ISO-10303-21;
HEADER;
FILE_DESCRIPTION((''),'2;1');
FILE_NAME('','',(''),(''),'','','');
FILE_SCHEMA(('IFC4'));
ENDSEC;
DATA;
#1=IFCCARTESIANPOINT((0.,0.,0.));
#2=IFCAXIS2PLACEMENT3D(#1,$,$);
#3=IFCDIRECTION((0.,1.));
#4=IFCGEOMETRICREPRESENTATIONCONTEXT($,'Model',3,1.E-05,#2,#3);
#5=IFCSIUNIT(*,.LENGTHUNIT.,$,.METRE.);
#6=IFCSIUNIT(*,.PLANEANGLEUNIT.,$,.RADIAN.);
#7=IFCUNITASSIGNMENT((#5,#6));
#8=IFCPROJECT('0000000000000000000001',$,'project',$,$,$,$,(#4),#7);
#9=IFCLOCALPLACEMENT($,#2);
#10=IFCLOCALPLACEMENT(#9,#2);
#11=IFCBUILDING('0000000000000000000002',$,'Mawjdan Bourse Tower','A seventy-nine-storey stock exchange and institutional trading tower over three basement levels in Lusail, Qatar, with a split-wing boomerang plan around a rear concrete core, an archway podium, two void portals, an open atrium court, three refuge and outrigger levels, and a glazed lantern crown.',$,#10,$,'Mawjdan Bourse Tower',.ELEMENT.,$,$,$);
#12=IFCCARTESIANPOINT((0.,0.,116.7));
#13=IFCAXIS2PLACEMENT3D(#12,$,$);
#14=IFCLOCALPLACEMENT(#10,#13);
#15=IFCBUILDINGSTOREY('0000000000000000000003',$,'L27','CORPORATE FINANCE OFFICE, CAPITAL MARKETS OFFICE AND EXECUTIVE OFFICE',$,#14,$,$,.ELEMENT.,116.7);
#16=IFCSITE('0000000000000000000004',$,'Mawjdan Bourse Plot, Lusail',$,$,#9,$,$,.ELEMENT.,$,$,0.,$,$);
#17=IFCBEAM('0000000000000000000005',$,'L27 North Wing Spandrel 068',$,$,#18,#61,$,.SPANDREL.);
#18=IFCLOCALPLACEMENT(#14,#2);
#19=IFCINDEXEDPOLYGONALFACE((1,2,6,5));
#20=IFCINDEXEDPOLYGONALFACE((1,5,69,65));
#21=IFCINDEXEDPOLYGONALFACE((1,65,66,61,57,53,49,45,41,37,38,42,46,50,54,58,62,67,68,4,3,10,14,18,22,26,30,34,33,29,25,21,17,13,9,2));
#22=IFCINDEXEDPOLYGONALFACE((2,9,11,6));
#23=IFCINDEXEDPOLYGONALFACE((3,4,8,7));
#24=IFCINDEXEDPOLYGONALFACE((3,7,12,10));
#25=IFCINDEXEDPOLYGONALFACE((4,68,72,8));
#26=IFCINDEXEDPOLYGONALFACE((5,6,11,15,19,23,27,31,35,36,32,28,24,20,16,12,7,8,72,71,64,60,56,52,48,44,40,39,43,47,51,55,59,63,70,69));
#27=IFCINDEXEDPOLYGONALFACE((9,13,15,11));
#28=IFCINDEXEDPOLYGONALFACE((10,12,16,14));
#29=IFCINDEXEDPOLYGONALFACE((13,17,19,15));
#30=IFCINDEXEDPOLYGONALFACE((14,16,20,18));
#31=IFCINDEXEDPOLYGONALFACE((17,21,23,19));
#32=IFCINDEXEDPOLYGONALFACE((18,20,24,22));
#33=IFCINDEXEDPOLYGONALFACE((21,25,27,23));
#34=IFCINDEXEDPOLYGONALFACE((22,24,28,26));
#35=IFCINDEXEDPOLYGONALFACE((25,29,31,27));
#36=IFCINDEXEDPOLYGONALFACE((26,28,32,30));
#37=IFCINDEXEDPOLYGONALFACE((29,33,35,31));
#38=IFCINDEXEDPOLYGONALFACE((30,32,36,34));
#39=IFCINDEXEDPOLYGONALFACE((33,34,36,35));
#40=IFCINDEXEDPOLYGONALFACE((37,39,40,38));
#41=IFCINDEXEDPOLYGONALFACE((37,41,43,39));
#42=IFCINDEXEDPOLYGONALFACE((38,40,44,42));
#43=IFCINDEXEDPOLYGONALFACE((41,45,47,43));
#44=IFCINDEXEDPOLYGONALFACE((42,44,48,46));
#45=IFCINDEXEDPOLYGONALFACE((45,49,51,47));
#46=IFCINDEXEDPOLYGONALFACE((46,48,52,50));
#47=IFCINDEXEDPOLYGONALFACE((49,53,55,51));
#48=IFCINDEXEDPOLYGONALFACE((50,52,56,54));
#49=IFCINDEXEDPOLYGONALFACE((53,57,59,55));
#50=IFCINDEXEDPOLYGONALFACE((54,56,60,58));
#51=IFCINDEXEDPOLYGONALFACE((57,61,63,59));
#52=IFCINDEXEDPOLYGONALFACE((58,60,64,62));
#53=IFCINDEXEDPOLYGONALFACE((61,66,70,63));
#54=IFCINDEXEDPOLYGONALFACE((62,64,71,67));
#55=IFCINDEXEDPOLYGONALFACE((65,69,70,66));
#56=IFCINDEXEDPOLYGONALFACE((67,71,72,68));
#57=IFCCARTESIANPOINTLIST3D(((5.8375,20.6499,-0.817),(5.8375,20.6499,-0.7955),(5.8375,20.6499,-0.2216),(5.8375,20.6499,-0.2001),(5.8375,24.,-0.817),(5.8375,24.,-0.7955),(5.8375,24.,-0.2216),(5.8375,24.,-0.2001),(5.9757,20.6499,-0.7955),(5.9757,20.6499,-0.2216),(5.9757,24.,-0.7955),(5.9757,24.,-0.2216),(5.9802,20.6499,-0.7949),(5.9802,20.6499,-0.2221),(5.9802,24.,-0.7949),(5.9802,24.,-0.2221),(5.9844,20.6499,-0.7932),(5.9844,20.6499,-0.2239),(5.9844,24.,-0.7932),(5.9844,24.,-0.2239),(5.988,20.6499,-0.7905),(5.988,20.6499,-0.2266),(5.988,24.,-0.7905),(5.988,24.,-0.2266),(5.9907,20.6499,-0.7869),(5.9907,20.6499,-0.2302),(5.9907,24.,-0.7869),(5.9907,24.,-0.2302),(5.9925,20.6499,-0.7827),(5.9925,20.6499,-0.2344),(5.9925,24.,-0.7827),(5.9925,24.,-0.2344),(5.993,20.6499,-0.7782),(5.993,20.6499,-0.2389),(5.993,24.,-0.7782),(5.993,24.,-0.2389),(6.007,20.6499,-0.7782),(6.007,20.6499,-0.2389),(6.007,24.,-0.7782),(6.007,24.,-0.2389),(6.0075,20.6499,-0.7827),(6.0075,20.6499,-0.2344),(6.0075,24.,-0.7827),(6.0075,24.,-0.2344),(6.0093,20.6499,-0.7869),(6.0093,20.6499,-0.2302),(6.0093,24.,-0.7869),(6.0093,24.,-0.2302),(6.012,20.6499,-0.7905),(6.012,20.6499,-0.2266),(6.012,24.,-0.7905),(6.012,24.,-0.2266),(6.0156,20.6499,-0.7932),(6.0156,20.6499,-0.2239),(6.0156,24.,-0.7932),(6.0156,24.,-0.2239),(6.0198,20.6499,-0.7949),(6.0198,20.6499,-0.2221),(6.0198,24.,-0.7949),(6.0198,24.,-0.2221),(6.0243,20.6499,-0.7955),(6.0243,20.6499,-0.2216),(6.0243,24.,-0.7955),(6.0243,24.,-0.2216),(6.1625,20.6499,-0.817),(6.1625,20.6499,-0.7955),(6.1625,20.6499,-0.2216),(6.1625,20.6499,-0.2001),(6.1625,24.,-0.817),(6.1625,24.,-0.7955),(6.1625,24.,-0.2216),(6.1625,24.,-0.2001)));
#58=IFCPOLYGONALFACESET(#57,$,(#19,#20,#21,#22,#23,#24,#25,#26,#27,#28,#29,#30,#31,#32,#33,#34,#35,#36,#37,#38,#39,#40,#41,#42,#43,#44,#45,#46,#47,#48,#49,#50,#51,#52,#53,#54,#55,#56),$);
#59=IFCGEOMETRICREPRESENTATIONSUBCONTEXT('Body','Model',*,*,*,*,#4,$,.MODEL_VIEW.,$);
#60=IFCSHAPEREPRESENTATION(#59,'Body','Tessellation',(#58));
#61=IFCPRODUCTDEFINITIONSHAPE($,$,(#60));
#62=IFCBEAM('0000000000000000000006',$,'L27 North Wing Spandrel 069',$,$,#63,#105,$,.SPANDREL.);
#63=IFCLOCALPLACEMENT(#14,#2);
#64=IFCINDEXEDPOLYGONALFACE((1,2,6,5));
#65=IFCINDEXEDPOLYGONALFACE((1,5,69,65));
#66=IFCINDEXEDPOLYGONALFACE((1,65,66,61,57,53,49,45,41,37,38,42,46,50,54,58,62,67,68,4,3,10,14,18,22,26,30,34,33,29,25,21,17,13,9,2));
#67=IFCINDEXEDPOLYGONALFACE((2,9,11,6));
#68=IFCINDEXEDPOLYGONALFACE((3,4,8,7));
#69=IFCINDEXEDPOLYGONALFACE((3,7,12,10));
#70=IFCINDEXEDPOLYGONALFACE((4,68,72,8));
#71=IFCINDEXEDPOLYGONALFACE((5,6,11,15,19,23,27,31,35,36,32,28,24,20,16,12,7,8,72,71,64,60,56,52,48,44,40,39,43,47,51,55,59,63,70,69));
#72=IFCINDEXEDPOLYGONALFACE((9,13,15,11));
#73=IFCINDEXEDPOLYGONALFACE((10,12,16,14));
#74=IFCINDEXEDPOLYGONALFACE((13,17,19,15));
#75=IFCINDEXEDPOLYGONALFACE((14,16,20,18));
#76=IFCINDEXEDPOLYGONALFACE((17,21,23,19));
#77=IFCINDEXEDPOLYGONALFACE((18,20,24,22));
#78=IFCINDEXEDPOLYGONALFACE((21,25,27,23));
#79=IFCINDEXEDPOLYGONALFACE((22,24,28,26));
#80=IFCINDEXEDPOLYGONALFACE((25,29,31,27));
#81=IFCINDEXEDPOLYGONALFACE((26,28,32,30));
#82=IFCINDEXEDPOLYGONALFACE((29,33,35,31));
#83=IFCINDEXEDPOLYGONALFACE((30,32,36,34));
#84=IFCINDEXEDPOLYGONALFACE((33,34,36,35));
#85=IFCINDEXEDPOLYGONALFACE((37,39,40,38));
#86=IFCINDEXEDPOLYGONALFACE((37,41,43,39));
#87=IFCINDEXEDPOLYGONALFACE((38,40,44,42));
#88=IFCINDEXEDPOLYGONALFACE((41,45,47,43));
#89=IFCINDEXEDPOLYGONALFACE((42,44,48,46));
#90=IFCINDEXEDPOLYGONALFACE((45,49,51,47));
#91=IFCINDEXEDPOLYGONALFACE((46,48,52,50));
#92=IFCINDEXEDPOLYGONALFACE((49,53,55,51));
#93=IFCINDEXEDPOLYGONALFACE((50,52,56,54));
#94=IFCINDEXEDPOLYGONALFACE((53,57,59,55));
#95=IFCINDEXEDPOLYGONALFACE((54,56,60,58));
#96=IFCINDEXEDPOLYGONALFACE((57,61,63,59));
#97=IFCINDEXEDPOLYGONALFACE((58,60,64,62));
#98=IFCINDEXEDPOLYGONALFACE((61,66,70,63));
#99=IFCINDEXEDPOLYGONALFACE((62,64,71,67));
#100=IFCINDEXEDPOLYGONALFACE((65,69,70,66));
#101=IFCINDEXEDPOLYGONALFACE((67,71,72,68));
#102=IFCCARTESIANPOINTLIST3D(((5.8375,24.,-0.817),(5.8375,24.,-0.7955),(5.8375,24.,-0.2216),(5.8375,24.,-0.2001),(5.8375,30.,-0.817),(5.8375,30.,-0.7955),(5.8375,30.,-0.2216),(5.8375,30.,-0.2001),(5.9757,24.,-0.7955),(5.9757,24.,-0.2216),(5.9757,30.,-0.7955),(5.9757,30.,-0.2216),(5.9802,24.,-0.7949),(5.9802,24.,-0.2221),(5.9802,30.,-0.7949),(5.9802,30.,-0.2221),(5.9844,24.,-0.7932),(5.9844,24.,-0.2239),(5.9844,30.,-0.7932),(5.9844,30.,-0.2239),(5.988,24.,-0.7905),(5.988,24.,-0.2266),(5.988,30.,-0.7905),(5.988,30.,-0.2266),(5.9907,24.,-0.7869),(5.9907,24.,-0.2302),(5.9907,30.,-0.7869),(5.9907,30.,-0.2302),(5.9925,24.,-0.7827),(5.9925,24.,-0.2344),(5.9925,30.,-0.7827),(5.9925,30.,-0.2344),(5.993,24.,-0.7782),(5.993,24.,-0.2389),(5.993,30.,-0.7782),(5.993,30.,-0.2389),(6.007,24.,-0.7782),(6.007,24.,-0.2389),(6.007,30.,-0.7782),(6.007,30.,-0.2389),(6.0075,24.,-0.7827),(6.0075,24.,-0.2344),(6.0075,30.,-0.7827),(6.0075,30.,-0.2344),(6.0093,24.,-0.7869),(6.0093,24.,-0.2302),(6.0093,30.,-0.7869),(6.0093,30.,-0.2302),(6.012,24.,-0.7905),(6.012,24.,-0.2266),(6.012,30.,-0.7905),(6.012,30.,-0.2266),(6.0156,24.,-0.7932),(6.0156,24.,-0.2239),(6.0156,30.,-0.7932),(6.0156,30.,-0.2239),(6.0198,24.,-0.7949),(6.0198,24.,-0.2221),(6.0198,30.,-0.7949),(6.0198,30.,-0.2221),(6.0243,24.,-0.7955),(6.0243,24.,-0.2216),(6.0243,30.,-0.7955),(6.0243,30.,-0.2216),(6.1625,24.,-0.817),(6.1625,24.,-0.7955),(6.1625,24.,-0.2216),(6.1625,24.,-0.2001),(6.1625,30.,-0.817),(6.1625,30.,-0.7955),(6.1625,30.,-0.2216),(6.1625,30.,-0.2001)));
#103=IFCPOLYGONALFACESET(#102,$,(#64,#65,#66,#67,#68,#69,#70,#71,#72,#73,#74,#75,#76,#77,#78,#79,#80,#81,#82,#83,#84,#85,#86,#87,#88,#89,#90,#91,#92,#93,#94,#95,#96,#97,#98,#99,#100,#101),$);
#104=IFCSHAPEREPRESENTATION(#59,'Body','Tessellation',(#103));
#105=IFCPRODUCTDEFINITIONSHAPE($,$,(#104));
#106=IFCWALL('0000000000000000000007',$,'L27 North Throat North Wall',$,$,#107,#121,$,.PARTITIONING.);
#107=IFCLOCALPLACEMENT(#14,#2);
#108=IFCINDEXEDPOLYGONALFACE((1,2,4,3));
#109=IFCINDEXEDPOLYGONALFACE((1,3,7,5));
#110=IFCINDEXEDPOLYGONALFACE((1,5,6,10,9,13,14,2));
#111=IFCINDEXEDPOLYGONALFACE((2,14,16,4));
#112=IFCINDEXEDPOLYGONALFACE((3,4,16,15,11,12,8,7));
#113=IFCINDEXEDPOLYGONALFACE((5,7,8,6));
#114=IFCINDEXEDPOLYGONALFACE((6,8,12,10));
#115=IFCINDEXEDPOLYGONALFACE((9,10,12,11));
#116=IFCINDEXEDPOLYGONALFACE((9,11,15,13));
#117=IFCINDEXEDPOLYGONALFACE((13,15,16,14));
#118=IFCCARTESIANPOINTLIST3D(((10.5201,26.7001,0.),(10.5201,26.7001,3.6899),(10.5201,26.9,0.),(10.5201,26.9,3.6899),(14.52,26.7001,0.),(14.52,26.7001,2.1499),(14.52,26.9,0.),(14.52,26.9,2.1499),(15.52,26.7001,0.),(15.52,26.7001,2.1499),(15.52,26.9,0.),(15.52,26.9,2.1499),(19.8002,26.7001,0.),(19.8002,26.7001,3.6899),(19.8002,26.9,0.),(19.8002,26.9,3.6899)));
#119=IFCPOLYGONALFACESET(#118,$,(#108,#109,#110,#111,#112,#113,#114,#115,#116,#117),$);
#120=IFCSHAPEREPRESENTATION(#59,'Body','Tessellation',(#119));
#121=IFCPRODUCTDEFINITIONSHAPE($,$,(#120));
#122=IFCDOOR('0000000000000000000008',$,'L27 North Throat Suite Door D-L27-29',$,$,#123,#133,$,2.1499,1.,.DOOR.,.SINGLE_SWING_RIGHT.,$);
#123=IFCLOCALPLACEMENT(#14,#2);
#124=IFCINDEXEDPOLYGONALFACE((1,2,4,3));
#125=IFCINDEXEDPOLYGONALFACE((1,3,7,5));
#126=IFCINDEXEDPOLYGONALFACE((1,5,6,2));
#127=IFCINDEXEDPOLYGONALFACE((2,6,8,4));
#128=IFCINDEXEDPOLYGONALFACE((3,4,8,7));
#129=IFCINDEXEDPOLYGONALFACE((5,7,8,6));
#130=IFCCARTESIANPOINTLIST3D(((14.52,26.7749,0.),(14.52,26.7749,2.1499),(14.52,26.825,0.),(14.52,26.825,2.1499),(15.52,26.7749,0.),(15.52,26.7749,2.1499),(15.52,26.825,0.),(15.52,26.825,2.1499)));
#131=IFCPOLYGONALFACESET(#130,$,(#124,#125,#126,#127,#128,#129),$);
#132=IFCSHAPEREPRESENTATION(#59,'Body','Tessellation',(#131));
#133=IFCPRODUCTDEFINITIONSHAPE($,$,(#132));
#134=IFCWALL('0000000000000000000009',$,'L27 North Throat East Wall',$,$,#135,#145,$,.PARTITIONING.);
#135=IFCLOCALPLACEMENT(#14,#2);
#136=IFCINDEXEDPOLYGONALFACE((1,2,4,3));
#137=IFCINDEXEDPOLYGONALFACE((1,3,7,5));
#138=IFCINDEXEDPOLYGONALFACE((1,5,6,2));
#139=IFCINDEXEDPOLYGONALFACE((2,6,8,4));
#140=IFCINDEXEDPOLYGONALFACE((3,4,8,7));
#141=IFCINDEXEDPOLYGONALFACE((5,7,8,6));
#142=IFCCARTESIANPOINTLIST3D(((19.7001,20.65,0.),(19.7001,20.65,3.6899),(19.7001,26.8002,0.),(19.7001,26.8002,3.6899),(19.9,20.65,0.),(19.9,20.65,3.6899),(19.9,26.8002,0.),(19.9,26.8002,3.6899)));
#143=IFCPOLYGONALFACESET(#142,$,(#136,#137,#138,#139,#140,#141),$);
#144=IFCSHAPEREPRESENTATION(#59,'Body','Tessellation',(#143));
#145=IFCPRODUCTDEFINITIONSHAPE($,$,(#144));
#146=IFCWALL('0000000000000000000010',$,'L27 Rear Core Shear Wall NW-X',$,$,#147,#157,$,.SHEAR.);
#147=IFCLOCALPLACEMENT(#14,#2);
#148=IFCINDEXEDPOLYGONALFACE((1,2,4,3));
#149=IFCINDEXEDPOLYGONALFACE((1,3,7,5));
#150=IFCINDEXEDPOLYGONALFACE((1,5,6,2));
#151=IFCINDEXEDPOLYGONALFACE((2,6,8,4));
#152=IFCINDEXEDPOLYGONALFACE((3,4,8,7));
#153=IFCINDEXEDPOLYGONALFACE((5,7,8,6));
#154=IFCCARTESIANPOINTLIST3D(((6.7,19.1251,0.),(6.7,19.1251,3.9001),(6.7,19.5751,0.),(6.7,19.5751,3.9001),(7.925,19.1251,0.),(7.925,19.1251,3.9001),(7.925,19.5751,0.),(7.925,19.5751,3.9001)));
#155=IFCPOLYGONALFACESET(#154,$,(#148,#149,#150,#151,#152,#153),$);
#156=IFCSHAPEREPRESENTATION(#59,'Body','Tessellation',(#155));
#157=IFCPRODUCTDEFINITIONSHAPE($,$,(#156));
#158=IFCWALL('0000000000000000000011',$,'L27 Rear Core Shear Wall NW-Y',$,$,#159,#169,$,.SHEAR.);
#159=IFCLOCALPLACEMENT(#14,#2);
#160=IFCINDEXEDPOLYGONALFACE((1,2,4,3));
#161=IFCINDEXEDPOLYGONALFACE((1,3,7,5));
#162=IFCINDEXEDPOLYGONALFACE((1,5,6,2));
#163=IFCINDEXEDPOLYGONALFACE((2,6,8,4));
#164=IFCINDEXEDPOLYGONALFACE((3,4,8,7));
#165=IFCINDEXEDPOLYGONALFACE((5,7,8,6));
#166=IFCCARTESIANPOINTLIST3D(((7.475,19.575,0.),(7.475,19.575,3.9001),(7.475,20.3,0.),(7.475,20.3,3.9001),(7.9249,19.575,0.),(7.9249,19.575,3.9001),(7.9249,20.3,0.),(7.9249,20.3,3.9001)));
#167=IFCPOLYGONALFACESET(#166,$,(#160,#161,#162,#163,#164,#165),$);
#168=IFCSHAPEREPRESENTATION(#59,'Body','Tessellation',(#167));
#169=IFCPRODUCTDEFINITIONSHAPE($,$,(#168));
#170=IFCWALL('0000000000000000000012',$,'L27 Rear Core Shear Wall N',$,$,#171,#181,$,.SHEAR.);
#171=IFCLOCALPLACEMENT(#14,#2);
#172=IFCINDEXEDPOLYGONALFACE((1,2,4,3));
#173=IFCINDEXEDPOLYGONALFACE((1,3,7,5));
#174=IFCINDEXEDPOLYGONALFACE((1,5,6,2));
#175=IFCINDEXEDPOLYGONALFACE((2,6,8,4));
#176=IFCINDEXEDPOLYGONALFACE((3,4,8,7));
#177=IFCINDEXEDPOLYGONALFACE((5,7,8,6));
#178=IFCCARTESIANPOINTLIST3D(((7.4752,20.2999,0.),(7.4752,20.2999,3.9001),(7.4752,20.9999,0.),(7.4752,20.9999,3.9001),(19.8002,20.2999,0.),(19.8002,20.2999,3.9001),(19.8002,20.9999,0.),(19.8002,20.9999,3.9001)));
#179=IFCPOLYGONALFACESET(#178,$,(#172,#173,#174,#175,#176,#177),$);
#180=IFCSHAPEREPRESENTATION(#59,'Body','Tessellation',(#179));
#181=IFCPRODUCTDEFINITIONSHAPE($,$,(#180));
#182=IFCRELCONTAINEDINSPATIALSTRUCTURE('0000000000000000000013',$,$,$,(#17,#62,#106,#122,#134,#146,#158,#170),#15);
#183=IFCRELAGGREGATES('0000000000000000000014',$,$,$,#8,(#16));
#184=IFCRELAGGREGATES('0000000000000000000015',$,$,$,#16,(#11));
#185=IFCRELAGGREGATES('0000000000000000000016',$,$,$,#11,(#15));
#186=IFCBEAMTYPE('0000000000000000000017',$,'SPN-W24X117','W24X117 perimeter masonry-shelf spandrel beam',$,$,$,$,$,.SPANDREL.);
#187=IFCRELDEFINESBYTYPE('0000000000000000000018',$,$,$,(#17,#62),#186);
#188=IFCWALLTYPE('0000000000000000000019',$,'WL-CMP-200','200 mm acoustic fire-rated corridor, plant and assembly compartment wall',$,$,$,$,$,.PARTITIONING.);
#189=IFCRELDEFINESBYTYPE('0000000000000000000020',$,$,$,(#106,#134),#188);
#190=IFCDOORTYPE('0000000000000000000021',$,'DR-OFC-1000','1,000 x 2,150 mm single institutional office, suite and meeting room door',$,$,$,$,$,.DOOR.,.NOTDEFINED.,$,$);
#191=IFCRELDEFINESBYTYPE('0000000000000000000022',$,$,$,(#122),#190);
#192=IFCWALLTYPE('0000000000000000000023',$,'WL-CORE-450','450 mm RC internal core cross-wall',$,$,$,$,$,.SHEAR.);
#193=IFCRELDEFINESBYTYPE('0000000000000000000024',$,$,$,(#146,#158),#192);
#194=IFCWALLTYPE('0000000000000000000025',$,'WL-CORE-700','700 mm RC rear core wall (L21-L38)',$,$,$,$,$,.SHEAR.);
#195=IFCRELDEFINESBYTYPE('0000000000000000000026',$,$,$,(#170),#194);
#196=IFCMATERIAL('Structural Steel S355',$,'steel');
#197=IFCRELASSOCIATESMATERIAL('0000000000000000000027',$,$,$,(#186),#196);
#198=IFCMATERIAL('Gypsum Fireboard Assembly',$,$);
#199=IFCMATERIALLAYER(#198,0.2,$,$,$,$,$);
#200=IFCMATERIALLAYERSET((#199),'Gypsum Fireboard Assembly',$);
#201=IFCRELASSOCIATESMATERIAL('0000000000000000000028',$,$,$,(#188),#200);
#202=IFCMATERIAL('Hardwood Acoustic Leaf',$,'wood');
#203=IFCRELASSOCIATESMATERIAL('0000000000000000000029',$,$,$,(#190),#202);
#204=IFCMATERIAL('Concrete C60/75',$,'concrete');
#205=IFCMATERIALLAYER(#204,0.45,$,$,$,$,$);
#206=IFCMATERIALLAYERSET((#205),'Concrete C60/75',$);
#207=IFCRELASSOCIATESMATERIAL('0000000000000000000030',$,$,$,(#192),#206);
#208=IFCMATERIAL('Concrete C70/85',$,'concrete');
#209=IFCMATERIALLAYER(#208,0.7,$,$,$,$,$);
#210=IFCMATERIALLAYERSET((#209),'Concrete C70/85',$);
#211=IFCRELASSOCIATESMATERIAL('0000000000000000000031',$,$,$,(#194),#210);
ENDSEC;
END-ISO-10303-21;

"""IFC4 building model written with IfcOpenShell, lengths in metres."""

from ifc_helpers import new_model, si_unit, direction, frame, frame_2d, origin, origin_2d, place, context, subcontext, project, spatial, rectangle, i_section, extrude, material, layer, layer_set, material_profile, profile_set, type_object, element, fill, save


model = new_model("IFC4")

# Units and contexts
model_context = context("Model", 3, precision=1e-05, world=origin(), true_north=direction((0.0, 1.0)))
body_context = subcontext(model_context, "Body", "Model", "MODEL_VIEW")
ifc_project = project(units=[si_unit("LENGTHUNIT", "METRE"), si_unit("PLANEANGLEUNIT", "RADIAN")], contexts=[model_context])

# Site, building, storey
site_placement = place(None, origin())
site = spatial("IfcSite", under=ifc_project, at=site_placement, Name="Mawjdan Bourse Plot, Lusail", CompositionType="ELEMENT", RefElevation=0.0)
building_placement = place(site_placement, origin())
building = spatial("IfcBuilding", under=site, at=building_placement, Name="Mawjdan Bourse Tower", Description="A seventy-nine-storey stock exchange and institutional trading tower over three basement levels in Lusail, Qatar, with a split-wing boomerang plan around a rear concrete core, an archway podium, two void portals, an open atrium court, three refuge and outrigger levels, and a glazed lantern crown.", LongName="Mawjdan Bourse Tower", CompositionType="ELEMENT")
storey_placement = place(building_placement, frame((0.0, 0.0, 116.7)))
storey = spatial("IfcBuildingStorey", under=building, at=storey_placement, Name="L27", Description="CORPORATE FINANCE OFFICE, CAPITAL MARKETS OFFICE AND EXECUTIVE OFFICE", CompositionType="ELEMENT", Elevation=116.7)

# Shared definitions
ifc_material_1 = material(Name="Concrete C70/85", Category="concrete")

# Beams
ifc_material_2 = material(Name="Structural Steel S355", Category="steel")
ifc_material_profile_1 = material_profile(ifc_material_2, i_section(OverallWidth=0.325, OverallDepth=0.6169, WebThickness=0.0139, FlangeThickness=0.0215, FilletRadius=0.0173, at=origin_2d()), Name="W24X117")
ifc_profile_set_1 = profile_set([ifc_material_profile_1], Name="Structural Steel S355")
beam_type_1 = type_object("IfcBeamType", Name="SPN-W24X117", Description="W24X117 perimeter masonry-shelf spandrel beam", PredefinedType="SPANDREL", material=ifc_profile_set_1)
beam_1_placement = place(storey_placement, frame((6.0, 20.6499, -0.5085), z_axis=(0.0, 1.0, 0.0), x_axis=(-1.0, 0.0, 0.0)))
element("IfcBeam", 1, at=beam_1_placement, inside=storey, type_object=beam_type_1, Name="L27 North Wing Spandrel 068", PredefinedType="SPANDREL", context=body_context, shape_type="SweptSolid", body=[
    extrude(i_section(OverallWidth=0.325, OverallDepth=0.6169, WebThickness=0.0139, FlangeThickness=0.0215, FilletRadius=0.0173, at=origin_2d()), origin(), (0.0, 0.0, 1.0), 3.3501),
])
beam_2_placement = place(storey_placement, frame((6.0, 24.0, -0.5085), z_axis=(0.0, 1.0, 0.0), x_axis=(-1.0, 0.0, 0.0)))
element("IfcBeam", 2, at=beam_2_placement, inside=storey, type_object=beam_type_1, Name="L27 North Wing Spandrel 069", PredefinedType="SPANDREL", context=body_context, shape_type="SweptSolid", body=[
    extrude(i_section(OverallWidth=0.325, OverallDepth=0.6169, WebThickness=0.0139, FlangeThickness=0.0215, FilletRadius=0.0173, at=origin_2d()), origin(), (0.0, 0.0, 1.0), 6.0),
])

# Wall, opening, door
ifc_material_3 = material(Name="Gypsum Fireboard Assembly")
ifc_layer_1 = layer(ifc_material_3, 0.2)
ifc_layer_set_1 = layer_set([ifc_layer_1], Name="Gypsum Fireboard Assembly")
wall_type_1 = type_object("IfcWallType", Name="WL-CMP-200", Description="200 mm acoustic fire-rated corridor, plant and assembly compartment wall", PredefinedType="PARTITIONING", material=ifc_layer_set_1)
wall_1_placement = place(storey_placement, frame((10.52, 26.8, 0.0), z_axis=(0.0, 0.0, 1.0), x_axis=(1.0, 0.0, 0.0)))
wall_1 = element("IfcWall", 3, at=wall_1_placement, inside=storey, type_object=wall_type_1, Name="L27 North Throat North Wall", PredefinedType="PARTITIONING", context=body_context, shape_type="SweptSolid", body=[
    extrude(rectangle(XDim=9.28, YDim=0.2, at=frame_2d((4.6401, 0.0))), origin(), (0.0, 0.0, 1.0), 3.6899),
])
opening_1_placement = place(wall_1_placement, frame((4.0, 0.0, 0.0)))
opening_1 = element("IfcOpeningElement", 4, at=opening_1_placement, cuts=wall_1, PredefinedType="OPENING", context=body_context, shape_type="SweptSolid", body=[
    extrude(rectangle(XDim=1.0, YDim=2.1499, at=frame_2d((0.5, 1.075))), frame((0.0, 0.1099, 0.0), z_axis=(0.0, -1.0, 0.0), x_axis=(1.0, 0.0, 0.0)), (0.0, 0.0, 1.0), 0.22),
])
ifc_material_4 = material(Name="Hardwood Acoustic Leaf", Category="wood")
door_type_1 = type_object("IfcDoorType", Name="DR-OFC-1000", Description="1,000 x 2,150 mm single institutional office, suite and meeting room door", OperationType="NOTDEFINED", PredefinedType="DOOR", material=ifc_material_4)
door_1_placement = place(opening_1_placement, origin())
door_1 = element("IfcDoor", 5, at=door_1_placement, inside=storey, type_object=door_type_1, Name="L27 North Throat Suite Door D-L27-29", OperationType="SINGLE_SWING_RIGHT", OverallHeight=2.1499, OverallWidth=1.0, PredefinedType="DOOR", context=body_context, shape_type="SweptSolid", body=[
    extrude(rectangle(XDim=1.0, YDim=2.1499, at=frame_2d((0.5, 1.075))), frame((0.0, 0.0249, 0.0), z_axis=(0.0, -1.0, 0.0), x_axis=(1.0, 0.0, 0.0)), (0.0, 0.0, 1.0), 0.05),
])
fill(opening_1, door_1)

# Walls
wall_2_placement = place(storey_placement, frame((19.8, 20.6499, 0.0), z_axis=(0.0, 0.0, 1.0), x_axis=(0.0, 1.0, 0.0)))
element("IfcWall", 6, at=wall_2_placement, inside=storey, type_object=wall_type_1, Name="L27 North Throat East Wall", PredefinedType="PARTITIONING", context=body_context, shape_type="SweptSolid", body=[
    extrude(rectangle(XDim=6.1501, YDim=0.2, at=frame_2d((3.0752, 0.0))), origin(), (0.0, 0.0, 1.0), 3.6899),
])
ifc_material_5 = material(Name="Concrete C60/75", Category="concrete")
ifc_layer_2 = layer(ifc_material_5, 0.45)
ifc_layer_set_2 = layer_set([ifc_layer_2], Name="Concrete C60/75")
wall_type_2 = type_object("IfcWallType", Name="WL-CORE-450", Description="450 mm RC internal core cross-wall", PredefinedType="SHEAR", material=ifc_layer_set_2)
wall_3_placement = place(storey_placement, frame((6.7, 19.3501, 0.0), z_axis=(0.0, 0.0, 1.0), x_axis=(1.0, 0.0, 0.0)))
element("IfcWall", 7, at=wall_3_placement, inside=storey, type_object=wall_type_2, Name="L27 Rear Core Shear Wall NW-X", PredefinedType="SHEAR", context=body_context, shape_type="SweptSolid", body=[
    extrude(rectangle(XDim=1.2251, YDim=0.45, at=frame_2d((0.6125, 0.0))), origin(), (0.0, 0.0, 1.0), 3.9001),
])
wall_4_placement = place(storey_placement, frame((7.7, 19.575, 0.0), z_axis=(0.0, 0.0, 1.0), x_axis=(0.0, 1.0, 0.0)))
element("IfcWall", 8, at=wall_4_placement, inside=storey, type_object=wall_type_2, Name="L27 Rear Core Shear Wall NW-Y", PredefinedType="SHEAR", context=body_context, shape_type="SweptSolid", body=[
    extrude(rectangle(XDim=0.7251, YDim=0.45, at=frame_2d((0.3625, 0.0))), origin(), (0.0, 0.0, 1.0), 3.9001),
])
ifc_layer_3 = layer(ifc_material_1, 0.7)
ifc_layer_set_3 = layer_set([ifc_layer_3], Name="Concrete C70/85")
wall_type_3 = type_object("IfcWallType", Name="WL-CORE-700", Description="700 mm RC rear core wall (L21-L38)", PredefinedType="SHEAR", material=ifc_layer_set_3)
wall_5_placement = place(storey_placement, frame((7.4751, 20.6499, 0.0), z_axis=(0.0, 0.0, 1.0), x_axis=(1.0, 0.0, 0.0)))
element("IfcWall", 9, at=wall_5_placement, inside=storey, type_object=wall_type_3, Name="L27 Rear Core Shear Wall N", PredefinedType="SHEAR", context=body_context, shape_type="SweptSolid", body=[
    extrude(rectangle(XDim=12.325, YDim=0.7, at=frame_2d((6.1626, 0.0))), origin(), (0.0, 0.0, 1.0), 3.9001),
])

save(model, "model.ifc")
